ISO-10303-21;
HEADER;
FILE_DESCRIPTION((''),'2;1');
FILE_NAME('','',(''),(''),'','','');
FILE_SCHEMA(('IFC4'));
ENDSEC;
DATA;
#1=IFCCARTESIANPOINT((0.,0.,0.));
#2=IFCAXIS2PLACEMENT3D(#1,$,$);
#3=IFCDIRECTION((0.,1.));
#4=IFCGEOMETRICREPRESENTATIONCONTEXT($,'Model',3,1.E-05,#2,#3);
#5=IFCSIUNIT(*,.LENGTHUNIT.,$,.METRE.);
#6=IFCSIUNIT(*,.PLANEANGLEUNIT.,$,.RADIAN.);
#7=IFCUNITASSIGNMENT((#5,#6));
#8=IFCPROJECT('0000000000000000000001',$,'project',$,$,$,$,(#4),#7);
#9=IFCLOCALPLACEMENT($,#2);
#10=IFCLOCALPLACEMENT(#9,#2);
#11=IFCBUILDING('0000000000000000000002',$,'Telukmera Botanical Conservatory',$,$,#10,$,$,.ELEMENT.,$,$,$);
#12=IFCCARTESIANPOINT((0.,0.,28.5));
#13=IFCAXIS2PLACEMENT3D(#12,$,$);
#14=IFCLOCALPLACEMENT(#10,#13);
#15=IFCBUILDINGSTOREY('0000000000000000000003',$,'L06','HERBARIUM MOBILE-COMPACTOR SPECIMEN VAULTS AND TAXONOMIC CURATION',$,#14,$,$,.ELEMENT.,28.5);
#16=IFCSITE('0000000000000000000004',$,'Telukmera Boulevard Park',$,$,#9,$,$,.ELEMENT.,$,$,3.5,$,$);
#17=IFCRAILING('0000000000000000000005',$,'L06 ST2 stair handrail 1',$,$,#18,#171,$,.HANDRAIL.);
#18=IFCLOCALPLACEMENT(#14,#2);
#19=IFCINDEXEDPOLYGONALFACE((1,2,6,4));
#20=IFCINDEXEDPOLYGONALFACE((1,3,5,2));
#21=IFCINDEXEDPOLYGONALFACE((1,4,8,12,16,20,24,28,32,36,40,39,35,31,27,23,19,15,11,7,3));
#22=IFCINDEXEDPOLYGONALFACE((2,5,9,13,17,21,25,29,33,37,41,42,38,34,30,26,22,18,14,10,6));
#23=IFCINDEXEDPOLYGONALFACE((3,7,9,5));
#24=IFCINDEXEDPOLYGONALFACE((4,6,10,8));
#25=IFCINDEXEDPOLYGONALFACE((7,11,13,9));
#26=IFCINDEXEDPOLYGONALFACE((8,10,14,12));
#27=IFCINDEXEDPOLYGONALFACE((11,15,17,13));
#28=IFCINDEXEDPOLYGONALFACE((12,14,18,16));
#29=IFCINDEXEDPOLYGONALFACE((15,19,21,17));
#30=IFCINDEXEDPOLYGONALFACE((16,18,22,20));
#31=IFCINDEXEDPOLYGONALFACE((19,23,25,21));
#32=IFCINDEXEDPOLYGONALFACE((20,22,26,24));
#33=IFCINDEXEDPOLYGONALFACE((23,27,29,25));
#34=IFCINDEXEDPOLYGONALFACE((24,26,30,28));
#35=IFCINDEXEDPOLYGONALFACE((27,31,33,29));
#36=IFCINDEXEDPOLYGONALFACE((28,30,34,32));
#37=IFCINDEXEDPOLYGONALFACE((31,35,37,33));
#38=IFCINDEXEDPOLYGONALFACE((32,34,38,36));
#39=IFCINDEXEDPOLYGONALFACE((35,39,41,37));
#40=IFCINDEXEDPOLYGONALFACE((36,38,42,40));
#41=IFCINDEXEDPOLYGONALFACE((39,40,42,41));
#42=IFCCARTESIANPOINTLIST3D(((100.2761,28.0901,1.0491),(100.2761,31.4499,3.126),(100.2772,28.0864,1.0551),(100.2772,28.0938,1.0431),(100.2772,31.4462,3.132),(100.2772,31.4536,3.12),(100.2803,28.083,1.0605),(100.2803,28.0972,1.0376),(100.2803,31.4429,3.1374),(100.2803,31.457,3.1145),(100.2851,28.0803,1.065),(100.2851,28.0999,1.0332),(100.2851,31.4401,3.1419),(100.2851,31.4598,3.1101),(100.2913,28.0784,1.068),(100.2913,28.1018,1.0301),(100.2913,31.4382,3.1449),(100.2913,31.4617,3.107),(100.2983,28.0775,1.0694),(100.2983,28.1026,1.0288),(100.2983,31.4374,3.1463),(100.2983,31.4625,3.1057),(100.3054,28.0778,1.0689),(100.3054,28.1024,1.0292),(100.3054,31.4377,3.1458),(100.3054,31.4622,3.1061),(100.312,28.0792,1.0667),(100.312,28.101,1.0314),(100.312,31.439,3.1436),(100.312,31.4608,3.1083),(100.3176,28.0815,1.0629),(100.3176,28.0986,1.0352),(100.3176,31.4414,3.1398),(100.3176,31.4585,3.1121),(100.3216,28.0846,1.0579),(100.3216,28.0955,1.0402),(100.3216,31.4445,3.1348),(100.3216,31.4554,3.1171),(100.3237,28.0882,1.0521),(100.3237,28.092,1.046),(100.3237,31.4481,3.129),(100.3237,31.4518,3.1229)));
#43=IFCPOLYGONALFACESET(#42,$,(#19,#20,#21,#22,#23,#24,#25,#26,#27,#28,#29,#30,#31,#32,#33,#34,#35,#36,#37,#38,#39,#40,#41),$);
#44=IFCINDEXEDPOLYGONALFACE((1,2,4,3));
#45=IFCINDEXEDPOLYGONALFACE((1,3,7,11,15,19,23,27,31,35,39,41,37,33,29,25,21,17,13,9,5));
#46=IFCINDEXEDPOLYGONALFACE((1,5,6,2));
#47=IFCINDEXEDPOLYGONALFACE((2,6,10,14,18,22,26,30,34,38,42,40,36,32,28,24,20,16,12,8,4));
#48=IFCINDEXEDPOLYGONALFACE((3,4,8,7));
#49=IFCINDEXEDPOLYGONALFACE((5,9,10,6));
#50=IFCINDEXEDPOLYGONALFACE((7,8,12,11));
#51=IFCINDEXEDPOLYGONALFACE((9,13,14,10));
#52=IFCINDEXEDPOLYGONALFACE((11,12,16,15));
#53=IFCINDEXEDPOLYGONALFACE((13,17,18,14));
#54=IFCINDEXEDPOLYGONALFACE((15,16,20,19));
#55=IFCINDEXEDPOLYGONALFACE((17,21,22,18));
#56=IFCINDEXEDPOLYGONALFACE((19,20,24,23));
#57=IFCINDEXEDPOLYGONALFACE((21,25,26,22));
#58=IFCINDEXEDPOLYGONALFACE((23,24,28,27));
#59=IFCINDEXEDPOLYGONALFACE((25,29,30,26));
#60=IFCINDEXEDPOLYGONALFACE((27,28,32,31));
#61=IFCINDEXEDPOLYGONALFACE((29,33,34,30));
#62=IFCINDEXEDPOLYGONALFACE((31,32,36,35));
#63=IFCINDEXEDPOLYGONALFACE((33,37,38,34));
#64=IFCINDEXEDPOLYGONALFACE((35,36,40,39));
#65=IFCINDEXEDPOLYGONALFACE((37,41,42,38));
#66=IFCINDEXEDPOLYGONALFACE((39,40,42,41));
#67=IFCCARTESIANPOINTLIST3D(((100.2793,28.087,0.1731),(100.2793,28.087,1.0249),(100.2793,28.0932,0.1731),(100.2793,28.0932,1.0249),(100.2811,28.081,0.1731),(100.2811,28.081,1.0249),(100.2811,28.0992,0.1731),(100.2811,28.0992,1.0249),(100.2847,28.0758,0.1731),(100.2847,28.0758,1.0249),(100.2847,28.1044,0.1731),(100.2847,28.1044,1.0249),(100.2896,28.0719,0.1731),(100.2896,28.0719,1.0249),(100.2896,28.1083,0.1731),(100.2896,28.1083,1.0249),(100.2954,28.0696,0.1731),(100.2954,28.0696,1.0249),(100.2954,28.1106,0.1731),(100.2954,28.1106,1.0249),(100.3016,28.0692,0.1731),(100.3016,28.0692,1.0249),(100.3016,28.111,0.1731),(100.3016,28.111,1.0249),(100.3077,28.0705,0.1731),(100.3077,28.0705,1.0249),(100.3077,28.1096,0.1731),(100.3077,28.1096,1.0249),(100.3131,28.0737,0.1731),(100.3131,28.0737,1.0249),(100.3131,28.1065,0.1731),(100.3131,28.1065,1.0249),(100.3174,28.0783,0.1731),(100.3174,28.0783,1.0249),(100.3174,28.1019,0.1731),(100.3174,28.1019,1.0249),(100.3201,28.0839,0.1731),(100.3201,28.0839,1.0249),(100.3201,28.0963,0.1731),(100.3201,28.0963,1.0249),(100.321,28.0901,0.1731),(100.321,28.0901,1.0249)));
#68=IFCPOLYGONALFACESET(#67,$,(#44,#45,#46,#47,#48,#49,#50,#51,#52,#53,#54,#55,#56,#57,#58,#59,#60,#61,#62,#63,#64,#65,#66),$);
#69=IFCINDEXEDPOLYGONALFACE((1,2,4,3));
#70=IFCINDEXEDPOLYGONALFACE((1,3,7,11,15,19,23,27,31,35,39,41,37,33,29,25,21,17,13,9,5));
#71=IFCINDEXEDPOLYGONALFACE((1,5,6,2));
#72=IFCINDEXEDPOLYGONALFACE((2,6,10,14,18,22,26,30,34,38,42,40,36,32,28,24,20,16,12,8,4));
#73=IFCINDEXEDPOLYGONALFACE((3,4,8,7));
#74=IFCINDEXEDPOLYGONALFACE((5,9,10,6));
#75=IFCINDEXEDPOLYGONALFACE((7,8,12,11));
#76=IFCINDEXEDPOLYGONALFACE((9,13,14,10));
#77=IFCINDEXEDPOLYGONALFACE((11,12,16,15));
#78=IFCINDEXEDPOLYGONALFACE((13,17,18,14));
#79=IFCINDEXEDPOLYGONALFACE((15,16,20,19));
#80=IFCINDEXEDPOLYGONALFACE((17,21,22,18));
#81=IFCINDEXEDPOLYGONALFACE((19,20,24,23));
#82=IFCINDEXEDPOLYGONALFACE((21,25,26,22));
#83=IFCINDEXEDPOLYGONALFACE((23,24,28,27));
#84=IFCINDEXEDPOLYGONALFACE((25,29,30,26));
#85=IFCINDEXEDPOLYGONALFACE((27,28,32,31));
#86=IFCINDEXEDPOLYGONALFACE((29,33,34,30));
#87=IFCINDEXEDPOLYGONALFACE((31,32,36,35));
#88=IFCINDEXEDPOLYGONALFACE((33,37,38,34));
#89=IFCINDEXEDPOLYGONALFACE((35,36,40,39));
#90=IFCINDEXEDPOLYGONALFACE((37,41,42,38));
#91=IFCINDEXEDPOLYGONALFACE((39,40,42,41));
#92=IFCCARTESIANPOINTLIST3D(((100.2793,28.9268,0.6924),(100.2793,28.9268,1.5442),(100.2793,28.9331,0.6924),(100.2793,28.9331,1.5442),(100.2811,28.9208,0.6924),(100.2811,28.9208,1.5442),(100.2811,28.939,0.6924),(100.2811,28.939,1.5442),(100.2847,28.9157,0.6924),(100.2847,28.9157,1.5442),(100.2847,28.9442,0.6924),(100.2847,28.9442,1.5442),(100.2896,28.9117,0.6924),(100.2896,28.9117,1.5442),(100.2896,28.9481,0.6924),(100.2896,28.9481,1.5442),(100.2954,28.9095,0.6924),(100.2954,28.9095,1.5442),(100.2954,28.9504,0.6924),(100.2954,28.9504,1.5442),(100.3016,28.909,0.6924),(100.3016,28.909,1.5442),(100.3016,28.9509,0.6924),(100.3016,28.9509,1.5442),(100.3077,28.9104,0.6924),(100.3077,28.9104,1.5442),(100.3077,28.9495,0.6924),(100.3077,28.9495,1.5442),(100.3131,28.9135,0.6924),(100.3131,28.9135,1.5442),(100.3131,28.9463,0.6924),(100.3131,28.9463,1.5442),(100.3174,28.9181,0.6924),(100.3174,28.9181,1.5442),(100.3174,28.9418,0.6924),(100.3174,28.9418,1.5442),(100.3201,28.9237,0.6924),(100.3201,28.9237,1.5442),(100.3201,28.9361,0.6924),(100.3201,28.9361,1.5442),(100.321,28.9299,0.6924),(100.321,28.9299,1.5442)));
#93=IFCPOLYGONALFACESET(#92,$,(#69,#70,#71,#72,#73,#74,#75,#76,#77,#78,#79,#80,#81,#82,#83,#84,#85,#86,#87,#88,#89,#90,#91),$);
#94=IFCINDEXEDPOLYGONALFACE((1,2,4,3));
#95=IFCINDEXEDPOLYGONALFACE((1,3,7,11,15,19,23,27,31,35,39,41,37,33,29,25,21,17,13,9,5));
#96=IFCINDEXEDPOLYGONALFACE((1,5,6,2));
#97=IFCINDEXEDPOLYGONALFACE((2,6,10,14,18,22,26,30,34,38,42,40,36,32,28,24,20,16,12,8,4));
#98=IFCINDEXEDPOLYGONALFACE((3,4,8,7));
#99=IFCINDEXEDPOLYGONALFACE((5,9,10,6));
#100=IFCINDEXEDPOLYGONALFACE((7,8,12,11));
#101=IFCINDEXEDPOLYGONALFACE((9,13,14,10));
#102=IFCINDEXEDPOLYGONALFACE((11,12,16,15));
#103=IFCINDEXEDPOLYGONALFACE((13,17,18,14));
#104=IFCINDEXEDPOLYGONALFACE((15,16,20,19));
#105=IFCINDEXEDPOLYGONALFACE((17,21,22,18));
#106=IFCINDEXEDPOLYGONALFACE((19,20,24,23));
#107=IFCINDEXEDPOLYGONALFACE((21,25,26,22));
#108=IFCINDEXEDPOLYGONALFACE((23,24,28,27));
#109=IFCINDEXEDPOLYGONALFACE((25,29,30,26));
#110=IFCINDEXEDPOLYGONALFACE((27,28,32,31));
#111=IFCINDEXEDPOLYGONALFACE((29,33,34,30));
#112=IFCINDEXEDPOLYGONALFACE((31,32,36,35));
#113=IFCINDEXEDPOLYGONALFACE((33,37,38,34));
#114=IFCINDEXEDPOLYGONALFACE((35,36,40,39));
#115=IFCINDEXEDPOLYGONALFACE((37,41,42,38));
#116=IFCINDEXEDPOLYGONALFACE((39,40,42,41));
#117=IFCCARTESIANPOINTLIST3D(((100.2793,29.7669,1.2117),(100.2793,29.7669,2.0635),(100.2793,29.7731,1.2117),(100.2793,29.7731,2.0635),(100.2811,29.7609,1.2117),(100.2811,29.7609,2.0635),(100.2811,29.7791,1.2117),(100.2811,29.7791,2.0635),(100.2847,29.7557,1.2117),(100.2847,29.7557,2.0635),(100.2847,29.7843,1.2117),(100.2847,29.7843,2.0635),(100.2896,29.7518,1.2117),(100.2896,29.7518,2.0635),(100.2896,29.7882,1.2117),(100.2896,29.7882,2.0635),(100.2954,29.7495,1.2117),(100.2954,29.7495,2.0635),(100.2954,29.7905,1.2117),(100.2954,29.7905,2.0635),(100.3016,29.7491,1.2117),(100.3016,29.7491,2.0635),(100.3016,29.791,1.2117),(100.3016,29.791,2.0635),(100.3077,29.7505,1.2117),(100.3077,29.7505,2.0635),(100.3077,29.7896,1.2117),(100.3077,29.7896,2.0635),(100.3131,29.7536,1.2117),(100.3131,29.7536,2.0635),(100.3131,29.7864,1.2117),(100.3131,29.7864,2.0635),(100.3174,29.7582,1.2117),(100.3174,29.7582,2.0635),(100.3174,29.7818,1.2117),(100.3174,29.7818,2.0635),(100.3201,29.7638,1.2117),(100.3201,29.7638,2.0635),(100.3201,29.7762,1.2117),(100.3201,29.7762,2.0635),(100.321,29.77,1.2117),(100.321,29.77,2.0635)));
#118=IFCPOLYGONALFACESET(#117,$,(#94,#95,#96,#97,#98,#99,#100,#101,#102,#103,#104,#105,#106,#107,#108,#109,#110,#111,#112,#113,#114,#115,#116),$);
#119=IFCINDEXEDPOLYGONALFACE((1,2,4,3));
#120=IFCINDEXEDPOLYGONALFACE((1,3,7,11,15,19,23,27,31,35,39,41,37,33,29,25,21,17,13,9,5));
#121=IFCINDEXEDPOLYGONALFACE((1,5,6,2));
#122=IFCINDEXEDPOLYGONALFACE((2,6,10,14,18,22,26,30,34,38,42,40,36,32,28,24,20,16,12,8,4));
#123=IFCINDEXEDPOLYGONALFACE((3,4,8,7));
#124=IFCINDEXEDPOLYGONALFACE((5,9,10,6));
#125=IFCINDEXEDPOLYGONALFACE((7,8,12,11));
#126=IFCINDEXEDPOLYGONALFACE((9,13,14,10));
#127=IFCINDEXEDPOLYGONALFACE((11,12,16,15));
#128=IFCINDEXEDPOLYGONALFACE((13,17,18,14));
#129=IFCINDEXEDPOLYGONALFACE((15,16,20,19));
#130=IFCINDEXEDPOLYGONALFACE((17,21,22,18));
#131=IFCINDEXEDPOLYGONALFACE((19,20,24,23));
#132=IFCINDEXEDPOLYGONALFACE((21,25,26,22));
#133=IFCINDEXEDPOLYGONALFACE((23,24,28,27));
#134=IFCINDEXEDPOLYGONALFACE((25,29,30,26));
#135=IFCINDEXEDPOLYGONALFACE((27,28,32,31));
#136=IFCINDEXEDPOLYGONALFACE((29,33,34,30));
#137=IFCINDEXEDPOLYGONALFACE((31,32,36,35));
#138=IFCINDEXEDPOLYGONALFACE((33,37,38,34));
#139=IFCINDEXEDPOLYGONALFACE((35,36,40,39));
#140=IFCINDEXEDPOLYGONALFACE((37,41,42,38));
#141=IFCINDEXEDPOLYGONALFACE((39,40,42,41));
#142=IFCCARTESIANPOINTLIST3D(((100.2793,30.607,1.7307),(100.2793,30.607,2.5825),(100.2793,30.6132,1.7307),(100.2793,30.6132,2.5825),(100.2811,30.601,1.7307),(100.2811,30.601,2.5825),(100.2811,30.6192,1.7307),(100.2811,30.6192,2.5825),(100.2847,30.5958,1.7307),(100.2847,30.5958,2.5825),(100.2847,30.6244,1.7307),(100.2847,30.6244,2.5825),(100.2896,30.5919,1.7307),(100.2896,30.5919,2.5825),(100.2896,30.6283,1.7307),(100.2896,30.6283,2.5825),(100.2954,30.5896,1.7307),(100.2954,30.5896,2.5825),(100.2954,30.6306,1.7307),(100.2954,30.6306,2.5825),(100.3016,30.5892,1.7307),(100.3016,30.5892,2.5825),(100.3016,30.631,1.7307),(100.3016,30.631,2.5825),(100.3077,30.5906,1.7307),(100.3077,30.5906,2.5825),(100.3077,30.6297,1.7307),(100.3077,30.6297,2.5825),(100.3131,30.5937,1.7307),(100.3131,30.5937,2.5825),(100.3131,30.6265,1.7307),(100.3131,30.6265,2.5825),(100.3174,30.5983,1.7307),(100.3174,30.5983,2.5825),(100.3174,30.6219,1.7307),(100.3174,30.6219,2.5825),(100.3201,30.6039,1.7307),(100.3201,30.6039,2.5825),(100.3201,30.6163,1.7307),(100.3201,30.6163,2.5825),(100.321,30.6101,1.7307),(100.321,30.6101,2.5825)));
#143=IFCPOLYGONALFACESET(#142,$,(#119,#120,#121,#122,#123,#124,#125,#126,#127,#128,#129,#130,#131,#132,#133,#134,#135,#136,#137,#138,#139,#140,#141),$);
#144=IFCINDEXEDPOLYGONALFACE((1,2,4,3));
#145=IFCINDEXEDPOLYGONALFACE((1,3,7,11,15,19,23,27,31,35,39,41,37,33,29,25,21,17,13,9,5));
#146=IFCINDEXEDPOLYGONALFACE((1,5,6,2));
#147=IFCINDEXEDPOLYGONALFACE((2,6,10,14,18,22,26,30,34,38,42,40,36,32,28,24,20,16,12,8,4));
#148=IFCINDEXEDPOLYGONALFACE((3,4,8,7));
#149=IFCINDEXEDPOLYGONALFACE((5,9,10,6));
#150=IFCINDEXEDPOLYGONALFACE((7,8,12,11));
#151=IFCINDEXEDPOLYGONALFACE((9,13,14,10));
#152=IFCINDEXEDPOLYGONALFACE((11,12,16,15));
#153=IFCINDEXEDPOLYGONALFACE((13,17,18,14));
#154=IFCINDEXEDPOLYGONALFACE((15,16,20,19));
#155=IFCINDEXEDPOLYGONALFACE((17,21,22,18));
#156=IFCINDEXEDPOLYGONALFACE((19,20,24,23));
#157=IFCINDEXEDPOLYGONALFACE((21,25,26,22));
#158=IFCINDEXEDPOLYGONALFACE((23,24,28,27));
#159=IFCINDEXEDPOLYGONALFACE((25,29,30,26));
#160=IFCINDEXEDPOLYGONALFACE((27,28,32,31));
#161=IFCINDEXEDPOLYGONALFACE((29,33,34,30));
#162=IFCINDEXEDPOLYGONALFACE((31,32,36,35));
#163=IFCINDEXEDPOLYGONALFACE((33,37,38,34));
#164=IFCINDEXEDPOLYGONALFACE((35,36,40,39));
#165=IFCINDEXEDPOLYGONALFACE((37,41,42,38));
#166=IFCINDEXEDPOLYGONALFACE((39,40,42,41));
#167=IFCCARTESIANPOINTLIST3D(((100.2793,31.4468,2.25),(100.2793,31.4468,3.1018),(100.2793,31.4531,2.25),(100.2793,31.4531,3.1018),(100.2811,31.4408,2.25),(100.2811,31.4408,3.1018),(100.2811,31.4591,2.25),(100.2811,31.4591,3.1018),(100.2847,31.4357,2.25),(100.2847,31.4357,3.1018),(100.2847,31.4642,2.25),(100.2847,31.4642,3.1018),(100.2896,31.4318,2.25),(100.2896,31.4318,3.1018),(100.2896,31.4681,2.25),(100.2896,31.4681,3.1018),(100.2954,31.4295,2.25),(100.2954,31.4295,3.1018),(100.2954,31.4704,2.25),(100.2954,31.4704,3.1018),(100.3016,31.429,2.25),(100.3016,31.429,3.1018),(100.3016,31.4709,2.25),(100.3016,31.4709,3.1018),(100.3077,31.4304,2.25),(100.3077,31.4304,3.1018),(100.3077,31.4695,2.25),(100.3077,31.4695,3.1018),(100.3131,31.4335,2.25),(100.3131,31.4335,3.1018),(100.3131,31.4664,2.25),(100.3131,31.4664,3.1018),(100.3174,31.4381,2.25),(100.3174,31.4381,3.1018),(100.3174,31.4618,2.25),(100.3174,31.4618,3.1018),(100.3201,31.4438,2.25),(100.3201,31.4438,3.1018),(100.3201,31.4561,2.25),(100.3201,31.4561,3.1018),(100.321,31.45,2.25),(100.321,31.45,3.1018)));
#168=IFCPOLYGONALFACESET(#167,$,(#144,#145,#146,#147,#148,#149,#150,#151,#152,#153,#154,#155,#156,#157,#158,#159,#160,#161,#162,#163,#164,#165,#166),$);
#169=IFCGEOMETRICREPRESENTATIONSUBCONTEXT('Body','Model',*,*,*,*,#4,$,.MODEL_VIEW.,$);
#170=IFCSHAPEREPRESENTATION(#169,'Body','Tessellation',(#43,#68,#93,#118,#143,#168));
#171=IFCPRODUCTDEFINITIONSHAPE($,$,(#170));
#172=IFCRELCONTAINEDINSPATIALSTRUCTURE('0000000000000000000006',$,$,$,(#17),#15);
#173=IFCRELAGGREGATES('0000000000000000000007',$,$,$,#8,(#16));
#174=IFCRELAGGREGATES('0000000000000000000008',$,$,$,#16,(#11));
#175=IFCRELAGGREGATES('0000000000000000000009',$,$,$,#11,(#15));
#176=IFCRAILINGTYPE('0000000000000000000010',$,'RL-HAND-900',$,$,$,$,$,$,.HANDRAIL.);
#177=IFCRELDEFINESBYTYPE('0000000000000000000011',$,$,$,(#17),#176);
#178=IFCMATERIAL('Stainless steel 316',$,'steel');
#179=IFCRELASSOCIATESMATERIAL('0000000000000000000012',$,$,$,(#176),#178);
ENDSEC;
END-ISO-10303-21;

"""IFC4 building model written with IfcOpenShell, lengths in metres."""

from ifc_helpers import new_model, si_unit, direction, frame, origin, origin_2d, place, context, subcontext, project, spatial, circle, extrude, material, type_object, element, save


model = new_model("IFC4")

# Units and contexts
model_context = context("Model", 3, precision=1e-05, world=origin(), true_north=direction((0.0, 1.0)))
body_context = subcontext(model_context, "Body", "Model", "MODEL_VIEW")
ifc_project = project(units=[si_unit("LENGTHUNIT", "METRE"), si_unit("PLANEANGLEUNIT", "RADIAN")], contexts=[model_context])

# Site, building, storey
site_placement = place(None, origin())
site = spatial("IfcSite", under=ifc_project, at=site_placement, Name="Telukmera Boulevard Park", CompositionType="ELEMENT", RefElevation=3.5)
building_placement = place(site_placement, origin())
building = spatial("IfcBuilding", under=site, at=building_placement, Name="Telukmera Botanical Conservatory", CompositionType="ELEMENT")
storey_placement = place(building_placement, frame((0.0, 0.0, 28.5)))
storey = spatial("IfcBuildingStorey", under=building, at=storey_placement, Name="L06", Description="HERBARIUM MOBILE-COMPACTOR SPECIMEN VAULTS AND TAXONOMIC CURATION", CompositionType="ELEMENT", Elevation=28.5)

# Shared definitions
ifc_material_1 = material(Name="Stainless steel 316", Category="steel")

# Railing
railing_type_1 = type_object("IfcRailingType", Name="RL-HAND-900", PredefinedType="HANDRAIL", material=ifc_material_1)
railing_1_placement = place(storey_placement, frame((100.3, 28.0901, 0.1731)))
element("IfcRailing", 1, at=railing_1_placement, inside=storey, type_object=railing_type_1, Name="L06 ST2 stair handrail 1", PredefinedType="HANDRAIL", context=body_context, shape_type="SweptSolid", body=[
    extrude(circle(Radius=0.0239, at=origin_2d()), frame((0.0, 0.0, 0.876), z_axis=(0.0, 0.850606, 0.525803), x_axis=(-1.0, 0.0, 0.0)), (0.0, 0.0, 1.0), 3.95),
    extrude(circle(Radius=0.021, at=origin_2d()), origin(), (0.0, 0.0, 1.0), 0.8518),
    extrude(circle(Radius=0.021, at=origin_2d()), frame((0.0, 0.8398, 0.5193)), (0.0, 0.0, 1.0), 0.8518),
    extrude(circle(Radius=0.021, at=origin_2d()), frame((0.0, 1.6799, 1.0386)), (0.0, 0.0, 1.0), 0.8518),
    extrude(circle(Radius=0.021, at=origin_2d()), frame((0.0, 2.52, 1.5576)), (0.0, 0.0, 1.0), 0.8518),
    extrude(circle(Radius=0.021, at=origin_2d()), frame((0.0, 3.3599, 2.0769)), (0.0, 0.0, 1.0), 0.8518),
])

save(model, "model.ifc")
